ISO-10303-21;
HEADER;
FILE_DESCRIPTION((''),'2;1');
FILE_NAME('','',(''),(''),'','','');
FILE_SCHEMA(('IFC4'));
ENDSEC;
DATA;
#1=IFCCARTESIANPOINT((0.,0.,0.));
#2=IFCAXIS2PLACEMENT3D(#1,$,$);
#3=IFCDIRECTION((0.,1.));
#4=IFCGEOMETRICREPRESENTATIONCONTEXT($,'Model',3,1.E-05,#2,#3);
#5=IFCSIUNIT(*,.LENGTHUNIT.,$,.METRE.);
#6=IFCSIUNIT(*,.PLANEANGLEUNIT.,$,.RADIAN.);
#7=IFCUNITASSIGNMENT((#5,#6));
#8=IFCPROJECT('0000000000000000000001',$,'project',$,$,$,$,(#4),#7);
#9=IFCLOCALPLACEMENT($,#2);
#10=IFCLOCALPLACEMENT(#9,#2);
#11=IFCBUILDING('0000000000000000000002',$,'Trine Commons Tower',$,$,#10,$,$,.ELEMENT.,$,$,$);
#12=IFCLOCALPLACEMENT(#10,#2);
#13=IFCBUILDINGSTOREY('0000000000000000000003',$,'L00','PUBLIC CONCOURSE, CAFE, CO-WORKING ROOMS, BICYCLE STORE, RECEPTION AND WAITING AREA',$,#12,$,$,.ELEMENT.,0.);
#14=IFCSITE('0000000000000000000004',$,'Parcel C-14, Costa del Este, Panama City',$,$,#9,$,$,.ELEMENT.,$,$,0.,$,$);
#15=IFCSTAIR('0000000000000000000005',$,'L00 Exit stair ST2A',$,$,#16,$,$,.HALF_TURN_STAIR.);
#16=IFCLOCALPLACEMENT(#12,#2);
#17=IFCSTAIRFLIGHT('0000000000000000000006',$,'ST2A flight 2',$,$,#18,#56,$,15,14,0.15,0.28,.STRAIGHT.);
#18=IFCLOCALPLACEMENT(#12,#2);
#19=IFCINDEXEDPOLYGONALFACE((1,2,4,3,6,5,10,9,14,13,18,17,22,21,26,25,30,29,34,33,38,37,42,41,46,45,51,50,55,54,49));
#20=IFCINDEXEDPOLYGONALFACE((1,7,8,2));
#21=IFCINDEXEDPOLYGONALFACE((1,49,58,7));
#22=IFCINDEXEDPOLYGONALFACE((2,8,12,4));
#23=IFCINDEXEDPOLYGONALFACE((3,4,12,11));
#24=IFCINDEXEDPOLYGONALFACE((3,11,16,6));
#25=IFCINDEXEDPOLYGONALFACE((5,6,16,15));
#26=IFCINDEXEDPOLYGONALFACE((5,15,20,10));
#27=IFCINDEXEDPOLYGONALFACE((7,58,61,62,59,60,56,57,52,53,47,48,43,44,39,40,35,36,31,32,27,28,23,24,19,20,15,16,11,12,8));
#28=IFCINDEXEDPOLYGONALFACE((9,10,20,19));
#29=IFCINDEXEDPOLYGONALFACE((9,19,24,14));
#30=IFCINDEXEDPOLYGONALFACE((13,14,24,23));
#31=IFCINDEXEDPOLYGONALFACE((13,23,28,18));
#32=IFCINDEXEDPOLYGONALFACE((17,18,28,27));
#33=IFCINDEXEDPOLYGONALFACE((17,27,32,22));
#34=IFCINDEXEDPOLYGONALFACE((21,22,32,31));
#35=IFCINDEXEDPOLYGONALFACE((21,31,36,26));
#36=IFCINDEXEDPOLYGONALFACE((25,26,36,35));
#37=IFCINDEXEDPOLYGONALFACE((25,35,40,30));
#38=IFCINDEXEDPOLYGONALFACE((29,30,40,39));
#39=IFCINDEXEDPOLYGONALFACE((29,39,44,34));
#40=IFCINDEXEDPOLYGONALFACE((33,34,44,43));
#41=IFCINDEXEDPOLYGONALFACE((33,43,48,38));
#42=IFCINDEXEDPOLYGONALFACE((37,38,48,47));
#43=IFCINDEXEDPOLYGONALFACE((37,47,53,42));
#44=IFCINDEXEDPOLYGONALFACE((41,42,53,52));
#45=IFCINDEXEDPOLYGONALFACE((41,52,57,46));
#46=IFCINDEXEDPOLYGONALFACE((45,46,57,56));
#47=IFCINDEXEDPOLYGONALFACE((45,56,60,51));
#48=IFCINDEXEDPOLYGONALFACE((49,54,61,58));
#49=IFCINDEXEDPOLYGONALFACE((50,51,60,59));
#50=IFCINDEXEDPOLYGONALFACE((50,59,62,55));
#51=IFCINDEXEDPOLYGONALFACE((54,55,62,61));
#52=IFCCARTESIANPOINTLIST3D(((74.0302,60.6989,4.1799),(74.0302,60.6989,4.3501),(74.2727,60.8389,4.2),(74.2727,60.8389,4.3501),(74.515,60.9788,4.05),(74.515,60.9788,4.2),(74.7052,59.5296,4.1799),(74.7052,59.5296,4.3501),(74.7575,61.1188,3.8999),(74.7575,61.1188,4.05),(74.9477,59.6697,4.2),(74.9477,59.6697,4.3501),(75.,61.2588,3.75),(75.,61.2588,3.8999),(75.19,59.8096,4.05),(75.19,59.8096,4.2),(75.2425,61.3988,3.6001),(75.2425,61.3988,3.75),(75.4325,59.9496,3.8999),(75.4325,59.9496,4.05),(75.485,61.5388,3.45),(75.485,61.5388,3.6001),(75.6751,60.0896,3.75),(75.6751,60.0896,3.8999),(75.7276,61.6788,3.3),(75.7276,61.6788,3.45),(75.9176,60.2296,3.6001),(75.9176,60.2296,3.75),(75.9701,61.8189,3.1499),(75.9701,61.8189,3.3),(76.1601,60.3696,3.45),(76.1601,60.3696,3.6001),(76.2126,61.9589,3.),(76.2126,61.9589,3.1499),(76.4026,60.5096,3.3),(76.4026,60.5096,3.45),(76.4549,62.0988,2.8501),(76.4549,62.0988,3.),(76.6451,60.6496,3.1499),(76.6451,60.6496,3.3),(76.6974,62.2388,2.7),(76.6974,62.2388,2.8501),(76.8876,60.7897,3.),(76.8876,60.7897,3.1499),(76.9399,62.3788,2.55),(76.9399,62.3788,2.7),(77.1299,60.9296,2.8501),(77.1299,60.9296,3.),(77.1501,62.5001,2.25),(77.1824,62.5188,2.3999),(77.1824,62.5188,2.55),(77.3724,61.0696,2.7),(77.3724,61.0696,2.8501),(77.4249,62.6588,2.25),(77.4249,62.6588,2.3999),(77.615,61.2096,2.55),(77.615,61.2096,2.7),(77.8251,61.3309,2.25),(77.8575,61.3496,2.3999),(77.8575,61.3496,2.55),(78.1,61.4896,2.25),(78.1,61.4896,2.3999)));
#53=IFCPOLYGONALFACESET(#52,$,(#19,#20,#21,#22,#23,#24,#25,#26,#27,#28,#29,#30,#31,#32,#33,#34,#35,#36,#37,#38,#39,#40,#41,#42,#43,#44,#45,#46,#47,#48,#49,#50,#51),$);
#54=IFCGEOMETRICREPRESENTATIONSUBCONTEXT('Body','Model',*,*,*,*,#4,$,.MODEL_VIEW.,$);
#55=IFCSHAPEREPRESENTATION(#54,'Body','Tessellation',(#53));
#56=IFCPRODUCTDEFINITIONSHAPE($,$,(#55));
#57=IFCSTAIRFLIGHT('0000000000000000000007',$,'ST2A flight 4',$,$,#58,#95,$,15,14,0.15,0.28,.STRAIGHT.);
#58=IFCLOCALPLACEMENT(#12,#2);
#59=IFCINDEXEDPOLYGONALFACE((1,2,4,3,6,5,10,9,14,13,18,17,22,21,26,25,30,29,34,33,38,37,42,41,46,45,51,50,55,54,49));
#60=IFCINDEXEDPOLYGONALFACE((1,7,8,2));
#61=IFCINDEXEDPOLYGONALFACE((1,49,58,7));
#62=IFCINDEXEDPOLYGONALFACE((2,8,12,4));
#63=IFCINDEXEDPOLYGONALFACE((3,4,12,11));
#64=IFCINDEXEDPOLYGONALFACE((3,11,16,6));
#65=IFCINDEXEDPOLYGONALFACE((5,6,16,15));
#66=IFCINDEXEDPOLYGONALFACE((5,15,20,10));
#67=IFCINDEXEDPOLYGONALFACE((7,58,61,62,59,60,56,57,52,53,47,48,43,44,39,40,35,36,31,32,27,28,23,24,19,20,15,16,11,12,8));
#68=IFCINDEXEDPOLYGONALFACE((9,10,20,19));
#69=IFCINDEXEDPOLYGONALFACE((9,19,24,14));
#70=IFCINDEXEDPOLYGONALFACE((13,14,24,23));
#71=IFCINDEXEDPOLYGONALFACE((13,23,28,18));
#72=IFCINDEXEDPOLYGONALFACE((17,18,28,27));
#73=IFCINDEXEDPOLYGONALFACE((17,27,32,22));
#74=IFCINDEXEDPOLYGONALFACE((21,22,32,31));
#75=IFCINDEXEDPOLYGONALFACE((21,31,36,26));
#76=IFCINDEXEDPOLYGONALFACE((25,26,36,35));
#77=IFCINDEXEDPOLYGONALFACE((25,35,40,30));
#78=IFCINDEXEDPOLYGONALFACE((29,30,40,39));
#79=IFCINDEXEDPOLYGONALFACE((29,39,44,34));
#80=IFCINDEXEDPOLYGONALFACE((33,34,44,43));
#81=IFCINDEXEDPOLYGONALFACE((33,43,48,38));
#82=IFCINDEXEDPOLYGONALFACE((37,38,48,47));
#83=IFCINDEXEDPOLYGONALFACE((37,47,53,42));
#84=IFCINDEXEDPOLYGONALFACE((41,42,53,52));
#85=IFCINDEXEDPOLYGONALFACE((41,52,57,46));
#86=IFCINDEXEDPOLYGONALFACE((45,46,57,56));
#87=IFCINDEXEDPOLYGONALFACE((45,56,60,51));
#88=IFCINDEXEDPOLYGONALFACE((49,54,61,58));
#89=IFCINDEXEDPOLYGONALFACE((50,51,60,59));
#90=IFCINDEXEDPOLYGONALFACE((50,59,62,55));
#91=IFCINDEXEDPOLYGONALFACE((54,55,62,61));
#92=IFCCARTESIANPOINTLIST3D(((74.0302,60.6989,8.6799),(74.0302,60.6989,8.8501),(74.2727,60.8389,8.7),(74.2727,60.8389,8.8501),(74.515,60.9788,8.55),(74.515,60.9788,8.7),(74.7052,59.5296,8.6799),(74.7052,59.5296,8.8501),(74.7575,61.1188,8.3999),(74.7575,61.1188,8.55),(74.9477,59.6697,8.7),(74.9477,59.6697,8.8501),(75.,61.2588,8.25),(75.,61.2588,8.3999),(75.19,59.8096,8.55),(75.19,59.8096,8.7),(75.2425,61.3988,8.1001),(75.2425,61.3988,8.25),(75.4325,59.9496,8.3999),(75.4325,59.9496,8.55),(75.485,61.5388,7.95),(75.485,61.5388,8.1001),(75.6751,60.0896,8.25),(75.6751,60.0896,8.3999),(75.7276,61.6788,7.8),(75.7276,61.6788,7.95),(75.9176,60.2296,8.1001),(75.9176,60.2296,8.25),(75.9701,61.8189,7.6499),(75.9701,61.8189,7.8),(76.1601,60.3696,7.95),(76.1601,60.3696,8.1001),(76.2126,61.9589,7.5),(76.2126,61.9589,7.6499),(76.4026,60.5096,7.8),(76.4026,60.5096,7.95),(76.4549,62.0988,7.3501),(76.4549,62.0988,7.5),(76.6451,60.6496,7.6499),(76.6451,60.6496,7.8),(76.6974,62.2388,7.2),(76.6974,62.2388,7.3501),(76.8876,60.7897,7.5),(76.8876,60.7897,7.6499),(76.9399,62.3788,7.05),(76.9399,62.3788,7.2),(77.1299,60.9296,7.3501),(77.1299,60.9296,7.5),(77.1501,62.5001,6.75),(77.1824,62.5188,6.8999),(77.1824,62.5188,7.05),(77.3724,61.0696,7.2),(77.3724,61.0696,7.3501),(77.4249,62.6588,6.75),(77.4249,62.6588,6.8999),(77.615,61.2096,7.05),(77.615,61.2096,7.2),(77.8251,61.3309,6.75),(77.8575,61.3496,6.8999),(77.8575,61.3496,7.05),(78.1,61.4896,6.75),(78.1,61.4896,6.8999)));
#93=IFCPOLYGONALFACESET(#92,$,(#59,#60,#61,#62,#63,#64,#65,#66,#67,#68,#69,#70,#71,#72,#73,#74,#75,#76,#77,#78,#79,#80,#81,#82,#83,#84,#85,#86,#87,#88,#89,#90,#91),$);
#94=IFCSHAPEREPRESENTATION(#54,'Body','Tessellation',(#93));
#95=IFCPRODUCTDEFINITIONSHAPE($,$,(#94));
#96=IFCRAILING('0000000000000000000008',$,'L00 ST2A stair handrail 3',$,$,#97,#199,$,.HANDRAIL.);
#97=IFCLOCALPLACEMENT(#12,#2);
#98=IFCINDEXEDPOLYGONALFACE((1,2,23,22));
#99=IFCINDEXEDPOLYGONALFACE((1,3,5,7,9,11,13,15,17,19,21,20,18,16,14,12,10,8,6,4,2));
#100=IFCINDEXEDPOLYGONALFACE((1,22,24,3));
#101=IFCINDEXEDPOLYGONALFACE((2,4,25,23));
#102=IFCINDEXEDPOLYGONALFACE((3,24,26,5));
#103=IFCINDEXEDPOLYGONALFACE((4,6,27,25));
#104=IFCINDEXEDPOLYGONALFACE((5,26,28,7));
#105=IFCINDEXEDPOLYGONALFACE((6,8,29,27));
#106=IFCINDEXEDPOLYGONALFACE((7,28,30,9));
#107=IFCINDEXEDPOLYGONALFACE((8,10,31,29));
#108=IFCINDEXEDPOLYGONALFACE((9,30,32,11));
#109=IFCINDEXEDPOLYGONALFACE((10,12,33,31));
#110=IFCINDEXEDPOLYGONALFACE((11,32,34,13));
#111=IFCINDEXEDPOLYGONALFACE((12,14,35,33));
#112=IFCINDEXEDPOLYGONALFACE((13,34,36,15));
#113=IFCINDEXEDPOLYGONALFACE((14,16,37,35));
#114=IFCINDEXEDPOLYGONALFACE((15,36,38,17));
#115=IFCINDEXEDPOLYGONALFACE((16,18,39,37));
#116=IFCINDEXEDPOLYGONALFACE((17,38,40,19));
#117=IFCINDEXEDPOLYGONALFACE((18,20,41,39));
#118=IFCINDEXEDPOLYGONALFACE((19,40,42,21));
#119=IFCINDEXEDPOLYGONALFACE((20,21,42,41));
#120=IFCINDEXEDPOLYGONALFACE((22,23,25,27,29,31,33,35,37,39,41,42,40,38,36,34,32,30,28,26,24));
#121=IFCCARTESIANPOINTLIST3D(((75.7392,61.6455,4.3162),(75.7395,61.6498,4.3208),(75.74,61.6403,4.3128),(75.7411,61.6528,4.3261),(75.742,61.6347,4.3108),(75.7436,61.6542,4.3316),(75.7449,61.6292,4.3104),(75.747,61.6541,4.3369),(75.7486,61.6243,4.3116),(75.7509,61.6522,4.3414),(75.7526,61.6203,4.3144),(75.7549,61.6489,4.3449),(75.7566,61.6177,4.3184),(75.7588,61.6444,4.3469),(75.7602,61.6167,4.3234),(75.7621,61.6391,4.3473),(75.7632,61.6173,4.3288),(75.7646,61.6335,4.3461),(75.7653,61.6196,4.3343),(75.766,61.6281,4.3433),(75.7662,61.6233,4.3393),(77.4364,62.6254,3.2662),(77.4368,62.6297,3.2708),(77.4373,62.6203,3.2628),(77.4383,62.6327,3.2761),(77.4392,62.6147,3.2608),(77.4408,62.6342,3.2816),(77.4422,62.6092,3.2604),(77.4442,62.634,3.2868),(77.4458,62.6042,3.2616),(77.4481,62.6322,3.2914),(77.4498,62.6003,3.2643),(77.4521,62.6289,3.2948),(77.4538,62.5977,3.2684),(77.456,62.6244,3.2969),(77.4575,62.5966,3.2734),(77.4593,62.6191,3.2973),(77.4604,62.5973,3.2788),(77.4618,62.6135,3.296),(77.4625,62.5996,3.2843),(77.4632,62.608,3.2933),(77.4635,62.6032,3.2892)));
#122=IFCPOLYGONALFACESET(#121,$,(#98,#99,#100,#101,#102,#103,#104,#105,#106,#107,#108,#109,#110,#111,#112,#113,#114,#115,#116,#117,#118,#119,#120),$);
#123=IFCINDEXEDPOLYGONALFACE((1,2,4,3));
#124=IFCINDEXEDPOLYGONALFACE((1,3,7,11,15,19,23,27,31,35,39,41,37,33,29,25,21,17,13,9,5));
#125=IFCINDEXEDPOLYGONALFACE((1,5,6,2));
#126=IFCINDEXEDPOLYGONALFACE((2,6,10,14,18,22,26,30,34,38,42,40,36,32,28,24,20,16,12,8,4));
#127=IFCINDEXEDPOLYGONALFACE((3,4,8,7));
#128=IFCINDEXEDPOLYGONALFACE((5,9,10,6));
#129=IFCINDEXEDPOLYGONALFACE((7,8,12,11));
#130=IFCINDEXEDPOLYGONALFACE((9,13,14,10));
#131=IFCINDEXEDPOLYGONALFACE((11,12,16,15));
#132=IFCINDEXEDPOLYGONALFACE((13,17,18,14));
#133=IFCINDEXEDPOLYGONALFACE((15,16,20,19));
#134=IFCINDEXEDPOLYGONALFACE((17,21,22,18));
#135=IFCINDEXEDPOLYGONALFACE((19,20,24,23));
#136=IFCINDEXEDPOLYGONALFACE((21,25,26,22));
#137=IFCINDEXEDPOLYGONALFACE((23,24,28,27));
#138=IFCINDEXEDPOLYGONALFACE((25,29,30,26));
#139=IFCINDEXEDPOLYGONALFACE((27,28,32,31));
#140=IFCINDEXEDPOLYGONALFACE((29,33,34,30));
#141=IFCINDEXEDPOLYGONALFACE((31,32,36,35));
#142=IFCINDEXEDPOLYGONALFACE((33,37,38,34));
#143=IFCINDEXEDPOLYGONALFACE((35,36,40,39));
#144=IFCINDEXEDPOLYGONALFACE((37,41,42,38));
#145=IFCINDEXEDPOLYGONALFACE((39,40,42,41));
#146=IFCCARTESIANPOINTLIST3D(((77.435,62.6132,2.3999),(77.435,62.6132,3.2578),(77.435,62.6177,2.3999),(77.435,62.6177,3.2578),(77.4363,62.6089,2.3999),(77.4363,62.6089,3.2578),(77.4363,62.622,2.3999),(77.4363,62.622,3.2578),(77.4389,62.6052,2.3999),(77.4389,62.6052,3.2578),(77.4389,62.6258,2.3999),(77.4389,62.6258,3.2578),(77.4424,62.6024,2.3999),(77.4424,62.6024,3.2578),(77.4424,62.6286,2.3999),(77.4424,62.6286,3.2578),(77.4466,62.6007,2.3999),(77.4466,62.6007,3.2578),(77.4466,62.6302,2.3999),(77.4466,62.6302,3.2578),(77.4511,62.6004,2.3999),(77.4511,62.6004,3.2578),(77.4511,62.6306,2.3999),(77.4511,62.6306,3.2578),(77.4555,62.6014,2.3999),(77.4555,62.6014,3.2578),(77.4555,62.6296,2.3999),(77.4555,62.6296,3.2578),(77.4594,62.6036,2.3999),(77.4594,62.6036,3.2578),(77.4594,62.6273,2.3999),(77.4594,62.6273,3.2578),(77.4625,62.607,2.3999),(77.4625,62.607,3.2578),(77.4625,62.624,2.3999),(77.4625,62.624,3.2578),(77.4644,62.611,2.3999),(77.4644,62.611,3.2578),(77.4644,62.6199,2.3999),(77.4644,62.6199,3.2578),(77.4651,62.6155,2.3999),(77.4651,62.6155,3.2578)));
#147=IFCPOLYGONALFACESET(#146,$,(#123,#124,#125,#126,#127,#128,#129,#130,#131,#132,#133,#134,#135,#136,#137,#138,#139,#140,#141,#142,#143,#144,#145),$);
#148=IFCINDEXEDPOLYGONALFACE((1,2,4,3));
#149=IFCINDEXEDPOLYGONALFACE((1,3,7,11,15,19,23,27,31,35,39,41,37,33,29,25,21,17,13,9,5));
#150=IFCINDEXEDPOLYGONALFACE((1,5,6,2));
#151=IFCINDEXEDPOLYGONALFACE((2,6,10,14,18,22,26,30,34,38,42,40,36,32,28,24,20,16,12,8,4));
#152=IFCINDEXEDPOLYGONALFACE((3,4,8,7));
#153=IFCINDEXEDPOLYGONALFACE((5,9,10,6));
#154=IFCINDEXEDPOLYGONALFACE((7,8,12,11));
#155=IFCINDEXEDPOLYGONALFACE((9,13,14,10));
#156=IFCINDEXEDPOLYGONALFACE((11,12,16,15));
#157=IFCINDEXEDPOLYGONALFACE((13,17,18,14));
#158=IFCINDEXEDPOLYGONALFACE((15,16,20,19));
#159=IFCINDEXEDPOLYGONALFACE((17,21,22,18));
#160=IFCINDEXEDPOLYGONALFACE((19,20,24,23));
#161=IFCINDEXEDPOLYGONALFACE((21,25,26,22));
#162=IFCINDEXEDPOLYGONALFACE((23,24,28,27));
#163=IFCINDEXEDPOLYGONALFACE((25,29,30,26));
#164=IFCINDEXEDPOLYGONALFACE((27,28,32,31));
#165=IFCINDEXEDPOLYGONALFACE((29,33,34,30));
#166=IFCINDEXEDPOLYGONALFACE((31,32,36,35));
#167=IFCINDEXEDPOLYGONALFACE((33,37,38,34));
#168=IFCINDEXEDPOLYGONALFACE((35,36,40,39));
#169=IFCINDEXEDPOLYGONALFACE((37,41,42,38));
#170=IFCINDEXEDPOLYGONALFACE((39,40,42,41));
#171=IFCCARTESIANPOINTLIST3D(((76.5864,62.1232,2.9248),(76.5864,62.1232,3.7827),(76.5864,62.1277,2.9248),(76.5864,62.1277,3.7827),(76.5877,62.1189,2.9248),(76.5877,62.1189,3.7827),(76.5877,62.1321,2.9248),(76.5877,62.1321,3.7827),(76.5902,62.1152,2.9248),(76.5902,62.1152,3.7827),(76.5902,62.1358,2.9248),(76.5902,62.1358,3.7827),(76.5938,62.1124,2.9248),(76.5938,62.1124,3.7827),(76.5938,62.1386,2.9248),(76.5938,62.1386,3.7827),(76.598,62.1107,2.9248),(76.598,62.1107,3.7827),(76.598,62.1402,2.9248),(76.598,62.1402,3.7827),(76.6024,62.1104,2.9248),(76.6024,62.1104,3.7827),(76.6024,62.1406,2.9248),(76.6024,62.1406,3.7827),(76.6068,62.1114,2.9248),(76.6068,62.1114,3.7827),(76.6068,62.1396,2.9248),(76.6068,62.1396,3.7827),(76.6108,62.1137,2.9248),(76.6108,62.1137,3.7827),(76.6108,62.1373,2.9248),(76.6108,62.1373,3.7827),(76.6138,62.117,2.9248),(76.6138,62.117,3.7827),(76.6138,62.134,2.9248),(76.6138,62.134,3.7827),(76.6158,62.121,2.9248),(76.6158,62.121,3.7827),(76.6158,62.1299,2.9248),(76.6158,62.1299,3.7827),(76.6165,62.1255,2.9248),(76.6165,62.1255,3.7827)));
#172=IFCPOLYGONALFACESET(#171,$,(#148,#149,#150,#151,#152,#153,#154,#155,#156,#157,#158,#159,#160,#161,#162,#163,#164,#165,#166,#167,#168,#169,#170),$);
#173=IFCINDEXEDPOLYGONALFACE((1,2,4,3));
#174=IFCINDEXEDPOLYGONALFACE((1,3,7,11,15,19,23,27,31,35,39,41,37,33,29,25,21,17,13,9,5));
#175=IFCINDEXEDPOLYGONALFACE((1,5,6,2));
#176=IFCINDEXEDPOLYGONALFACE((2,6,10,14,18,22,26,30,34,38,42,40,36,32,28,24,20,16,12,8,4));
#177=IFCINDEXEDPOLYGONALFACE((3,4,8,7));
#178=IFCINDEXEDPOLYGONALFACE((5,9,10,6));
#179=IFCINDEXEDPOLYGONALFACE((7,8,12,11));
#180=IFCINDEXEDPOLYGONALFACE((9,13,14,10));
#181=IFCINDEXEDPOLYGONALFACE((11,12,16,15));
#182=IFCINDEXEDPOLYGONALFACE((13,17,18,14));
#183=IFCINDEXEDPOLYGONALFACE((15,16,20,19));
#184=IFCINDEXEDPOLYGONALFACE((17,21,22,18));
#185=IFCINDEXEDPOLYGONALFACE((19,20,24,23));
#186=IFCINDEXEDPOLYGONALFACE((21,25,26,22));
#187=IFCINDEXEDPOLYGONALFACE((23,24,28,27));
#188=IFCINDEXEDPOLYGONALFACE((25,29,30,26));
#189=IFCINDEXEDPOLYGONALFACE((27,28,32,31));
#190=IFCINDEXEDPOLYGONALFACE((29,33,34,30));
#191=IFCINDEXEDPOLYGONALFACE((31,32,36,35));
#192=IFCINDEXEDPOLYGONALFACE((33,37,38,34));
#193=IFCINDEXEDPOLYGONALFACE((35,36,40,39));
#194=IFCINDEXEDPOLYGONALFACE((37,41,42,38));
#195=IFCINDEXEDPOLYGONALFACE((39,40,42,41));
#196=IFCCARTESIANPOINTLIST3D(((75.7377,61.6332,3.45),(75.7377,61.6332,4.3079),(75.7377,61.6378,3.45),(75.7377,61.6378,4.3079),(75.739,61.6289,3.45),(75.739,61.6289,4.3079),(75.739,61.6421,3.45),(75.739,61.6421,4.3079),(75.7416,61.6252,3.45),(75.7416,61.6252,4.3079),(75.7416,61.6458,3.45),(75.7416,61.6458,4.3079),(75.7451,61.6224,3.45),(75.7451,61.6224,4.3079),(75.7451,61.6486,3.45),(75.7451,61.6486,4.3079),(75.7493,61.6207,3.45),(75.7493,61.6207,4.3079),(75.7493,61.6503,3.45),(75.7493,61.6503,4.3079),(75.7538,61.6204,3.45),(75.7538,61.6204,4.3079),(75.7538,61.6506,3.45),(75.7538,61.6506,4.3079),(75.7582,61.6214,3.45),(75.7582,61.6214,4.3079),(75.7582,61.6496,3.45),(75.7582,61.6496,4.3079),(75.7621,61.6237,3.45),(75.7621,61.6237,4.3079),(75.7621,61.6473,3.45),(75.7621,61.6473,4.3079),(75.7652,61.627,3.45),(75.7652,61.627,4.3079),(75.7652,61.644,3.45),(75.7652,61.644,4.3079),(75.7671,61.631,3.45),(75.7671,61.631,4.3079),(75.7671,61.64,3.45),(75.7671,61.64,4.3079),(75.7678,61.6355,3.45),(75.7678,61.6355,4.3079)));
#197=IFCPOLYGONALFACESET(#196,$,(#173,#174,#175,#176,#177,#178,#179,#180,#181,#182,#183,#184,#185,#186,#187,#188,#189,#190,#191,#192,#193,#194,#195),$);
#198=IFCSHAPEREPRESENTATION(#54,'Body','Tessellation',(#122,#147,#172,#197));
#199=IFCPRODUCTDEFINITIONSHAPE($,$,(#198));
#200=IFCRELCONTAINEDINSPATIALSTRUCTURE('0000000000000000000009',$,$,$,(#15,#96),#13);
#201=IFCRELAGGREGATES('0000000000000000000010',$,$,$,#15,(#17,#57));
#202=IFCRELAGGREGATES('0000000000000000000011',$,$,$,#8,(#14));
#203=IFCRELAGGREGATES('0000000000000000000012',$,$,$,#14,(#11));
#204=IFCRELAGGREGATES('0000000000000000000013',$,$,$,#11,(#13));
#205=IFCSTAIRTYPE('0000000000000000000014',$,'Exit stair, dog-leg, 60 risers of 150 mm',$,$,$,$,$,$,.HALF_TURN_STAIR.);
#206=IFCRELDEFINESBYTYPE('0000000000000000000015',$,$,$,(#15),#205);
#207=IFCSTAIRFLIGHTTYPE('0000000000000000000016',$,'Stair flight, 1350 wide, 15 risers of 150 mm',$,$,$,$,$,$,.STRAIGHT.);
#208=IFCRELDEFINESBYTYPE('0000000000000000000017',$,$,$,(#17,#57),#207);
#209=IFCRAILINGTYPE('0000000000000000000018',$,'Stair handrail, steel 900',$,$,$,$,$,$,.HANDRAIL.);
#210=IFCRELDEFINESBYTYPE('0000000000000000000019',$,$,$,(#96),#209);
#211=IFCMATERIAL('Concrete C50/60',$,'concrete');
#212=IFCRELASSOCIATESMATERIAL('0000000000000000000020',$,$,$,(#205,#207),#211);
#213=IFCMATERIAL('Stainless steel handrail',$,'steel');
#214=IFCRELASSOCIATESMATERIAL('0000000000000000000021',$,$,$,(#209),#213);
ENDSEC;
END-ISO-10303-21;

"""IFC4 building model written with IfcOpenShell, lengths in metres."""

from ifc_helpers import new_model, si_unit, direction, frame, origin, origin_2d, place, context, subcontext, project, spatial, polyline, circle, outline, extrude, material, type_object, element, aggregate, save


model = new_model("IFC4")

# Units and contexts
model_context = context("Model", 3, precision=1e-05, world=origin(), true_north=direction((0.0, 1.0)))
body_context = subcontext(model_context, "Body", "Model", "MODEL_VIEW")
ifc_project = project(units=[si_unit("LENGTHUNIT", "METRE"), si_unit("PLANEANGLEUNIT", "RADIAN")], contexts=[model_context])

# Site, building, storey
site_placement = place(None, origin())
site = spatial("IfcSite", under=ifc_project, at=site_placement, Name="Parcel C-14, Costa del Este, Panama City", CompositionType="ELEMENT", RefElevation=0.0)
building_placement = place(site_placement, origin())
building = spatial("IfcBuilding", under=site, at=building_placement, Name="Trine Commons Tower", CompositionType="ELEMENT")
storey_placement = place(building_placement, origin())
storey = spatial("IfcBuildingStorey", under=building, at=storey_placement, Name="L00", Description="PUBLIC CONCOURSE, CAFE, CO-WORKING ROOMS, BICYCLE STORE, RECEPTION AND WAITING AREA", CompositionType="ELEMENT", Elevation=0.0)

# Stair, stair flights
ifc_material_1 = material(Name="Concrete C50/60", Category="concrete")
stair_type = type_object("IfcStairType", Name="Exit stair, dog-leg, 60 risers of 150 mm", PredefinedType="HALF_TURN_STAIR", material=ifc_material_1)
stair_placement = place(storey_placement, origin())
stair = element("IfcStair", 1, at=stair_placement, inside=storey, type_object=stair_type, Name="L00 Exit stair ST2A", PredefinedType="HALF_TURN_STAIR")
stair_flight_type = type_object("IfcStairFlightType", Name="Stair flight, 1350 wide, 15 risers of 150 mm", PredefinedType="STRAIGHT", material=ifc_material_1)
stair_flight_1_placement = place(storey_placement, frame((77.7625, 62.0742, 2.25), z_axis=(0.0, 0.0, 1.0), x_axis=(-0.866025, -0.5, 0.0)))
stair_flight_1 = element("IfcStairFlight", 2, at=stair_flight_1_placement, type_object=stair_flight_type, Name="ST2A flight 2", NumberOfRisers=15, NumberOfTreads=14, PredefinedType="STRAIGHT", RiserHeight=0.15, TreadLength=0.28, context=body_context, shape_type="SweptSolid", body=[
    extrude(outline(polyline([(0.0, 0.0), (0.0, 0.1499), (0.28, 0.1499), (0.28, 0.3), (0.5601, 0.3), (0.5601, 0.45), (0.8401, 0.45), (0.8401, 0.6001), (1.1201, 0.6001), (1.1201, 0.75), (1.3999, 0.75), (1.3999, 0.8999), (1.6799, 0.8999), (1.6799, 1.05), (1.96, 1.05), (1.96, 1.2), (2.24, 1.2), (2.24, 1.3501), (2.52, 1.3501), (2.52, 1.5), (2.8, 1.5), (2.8, 1.6499), (3.0801, 1.6499), (3.0801, 1.8), (3.3601, 1.8), (3.3601, 1.95), (3.6399, 1.95), (3.6399, 2.1001), (3.9199, 2.1001), (3.9199, 2.25), (3.9199, 1.9299), (0.3174, 0.0), (0.0, 0.0)])), frame((0.0, 0.675, 0.0), z_axis=(0.0, -1.0, 0.0), x_axis=(1.0, 0.0, 0.0)), (0.0, 0.0, 1.0), 1.3501),
])
stair_flight_2_placement = place(storey_placement, frame((77.7625, 62.0742, 6.75), z_axis=(0.0, 0.0, 1.0), x_axis=(-0.866025, -0.5, 0.0)))
stair_flight_2 = element("IfcStairFlight", 3, at=stair_flight_2_placement, type_object=stair_flight_type, Name="ST2A flight 4", NumberOfRisers=15, NumberOfTreads=14, PredefinedType="STRAIGHT", RiserHeight=0.15, TreadLength=0.28, context=body_context, shape_type="SweptSolid", body=[
    extrude(outline(polyline([(0.0, 0.0), (0.0, 0.1499), (0.28, 0.1499), (0.28, 0.3), (0.5601, 0.3), (0.5601, 0.45), (0.8401, 0.45), (0.8401, 0.6001), (1.1201, 0.6001), (1.1201, 0.75), (1.3999, 0.75), (1.3999, 0.8999), (1.6799, 0.8999), (1.6799, 1.05), (1.96, 1.05), (1.96, 1.2), (2.24, 1.2), (2.24, 1.3501), (2.52, 1.3501), (2.52, 1.5), (2.8, 1.5), (2.8, 1.6499), (3.0801, 1.6499), (3.0801, 1.8), (3.3601, 1.8), (3.3601, 1.95), (3.6399, 1.95), (3.6399, 2.1001), (3.9199, 2.1001), (3.9199, 2.25), (3.9199, 1.9299), (0.3174, 0.0), (0.0, 0.0)])), frame((0.0, 0.675, 0.0), z_axis=(0.0, -1.0, 0.0), x_axis=(1.0, 0.0, 0.0)), (0.0, 0.0, 1.0), 1.3501),
])
aggregate(stair, [stair_flight_1, stair_flight_2])

# Railing
ifc_material_2 = material(Name="Stainless steel handrail", Category="steel")
railing_type_1 = type_object("IfcRailingType", Name="Stair handrail, steel 900", PredefinedType="HANDRAIL", material=ifc_material_2)
railing_1_placement = place(storey_placement, frame((77.45, 62.6155, 2.3999)))
element("IfcRailing", 4, at=railing_1_placement, inside=storey, type_object=railing_type_1, Name="L00 ST2A stair handrail 3", PredefinedType="HANDRAIL", context=body_context, shape_type="SweptSolid", body=[
    extrude(circle(Radius=0.021, at=origin_2d()), frame((0.0, 0.0, 0.8789), z_axis=(-0.763352, -0.44075, 0.472264), x_axis=(0.500024, -0.866011, 0.0)), (0.0, 0.0, 1.0), 2.2234),
    extrude(circle(Radius=0.0151, at=origin_2d()), origin(), (0.0, 0.0, 1.0), 0.8579),
    extrude(circle(Radius=0.0151, at=origin_2d()), frame((-0.8486, -0.49, 0.5249)), (0.0, 0.0, 1.0), 0.8579),
    extrude(circle(Radius=0.0151, at=origin_2d()), frame((-1.6973, -0.98, 1.05)), (0.0, 0.0, 1.0), 0.8579),
])

save(model, "model.ifc")
